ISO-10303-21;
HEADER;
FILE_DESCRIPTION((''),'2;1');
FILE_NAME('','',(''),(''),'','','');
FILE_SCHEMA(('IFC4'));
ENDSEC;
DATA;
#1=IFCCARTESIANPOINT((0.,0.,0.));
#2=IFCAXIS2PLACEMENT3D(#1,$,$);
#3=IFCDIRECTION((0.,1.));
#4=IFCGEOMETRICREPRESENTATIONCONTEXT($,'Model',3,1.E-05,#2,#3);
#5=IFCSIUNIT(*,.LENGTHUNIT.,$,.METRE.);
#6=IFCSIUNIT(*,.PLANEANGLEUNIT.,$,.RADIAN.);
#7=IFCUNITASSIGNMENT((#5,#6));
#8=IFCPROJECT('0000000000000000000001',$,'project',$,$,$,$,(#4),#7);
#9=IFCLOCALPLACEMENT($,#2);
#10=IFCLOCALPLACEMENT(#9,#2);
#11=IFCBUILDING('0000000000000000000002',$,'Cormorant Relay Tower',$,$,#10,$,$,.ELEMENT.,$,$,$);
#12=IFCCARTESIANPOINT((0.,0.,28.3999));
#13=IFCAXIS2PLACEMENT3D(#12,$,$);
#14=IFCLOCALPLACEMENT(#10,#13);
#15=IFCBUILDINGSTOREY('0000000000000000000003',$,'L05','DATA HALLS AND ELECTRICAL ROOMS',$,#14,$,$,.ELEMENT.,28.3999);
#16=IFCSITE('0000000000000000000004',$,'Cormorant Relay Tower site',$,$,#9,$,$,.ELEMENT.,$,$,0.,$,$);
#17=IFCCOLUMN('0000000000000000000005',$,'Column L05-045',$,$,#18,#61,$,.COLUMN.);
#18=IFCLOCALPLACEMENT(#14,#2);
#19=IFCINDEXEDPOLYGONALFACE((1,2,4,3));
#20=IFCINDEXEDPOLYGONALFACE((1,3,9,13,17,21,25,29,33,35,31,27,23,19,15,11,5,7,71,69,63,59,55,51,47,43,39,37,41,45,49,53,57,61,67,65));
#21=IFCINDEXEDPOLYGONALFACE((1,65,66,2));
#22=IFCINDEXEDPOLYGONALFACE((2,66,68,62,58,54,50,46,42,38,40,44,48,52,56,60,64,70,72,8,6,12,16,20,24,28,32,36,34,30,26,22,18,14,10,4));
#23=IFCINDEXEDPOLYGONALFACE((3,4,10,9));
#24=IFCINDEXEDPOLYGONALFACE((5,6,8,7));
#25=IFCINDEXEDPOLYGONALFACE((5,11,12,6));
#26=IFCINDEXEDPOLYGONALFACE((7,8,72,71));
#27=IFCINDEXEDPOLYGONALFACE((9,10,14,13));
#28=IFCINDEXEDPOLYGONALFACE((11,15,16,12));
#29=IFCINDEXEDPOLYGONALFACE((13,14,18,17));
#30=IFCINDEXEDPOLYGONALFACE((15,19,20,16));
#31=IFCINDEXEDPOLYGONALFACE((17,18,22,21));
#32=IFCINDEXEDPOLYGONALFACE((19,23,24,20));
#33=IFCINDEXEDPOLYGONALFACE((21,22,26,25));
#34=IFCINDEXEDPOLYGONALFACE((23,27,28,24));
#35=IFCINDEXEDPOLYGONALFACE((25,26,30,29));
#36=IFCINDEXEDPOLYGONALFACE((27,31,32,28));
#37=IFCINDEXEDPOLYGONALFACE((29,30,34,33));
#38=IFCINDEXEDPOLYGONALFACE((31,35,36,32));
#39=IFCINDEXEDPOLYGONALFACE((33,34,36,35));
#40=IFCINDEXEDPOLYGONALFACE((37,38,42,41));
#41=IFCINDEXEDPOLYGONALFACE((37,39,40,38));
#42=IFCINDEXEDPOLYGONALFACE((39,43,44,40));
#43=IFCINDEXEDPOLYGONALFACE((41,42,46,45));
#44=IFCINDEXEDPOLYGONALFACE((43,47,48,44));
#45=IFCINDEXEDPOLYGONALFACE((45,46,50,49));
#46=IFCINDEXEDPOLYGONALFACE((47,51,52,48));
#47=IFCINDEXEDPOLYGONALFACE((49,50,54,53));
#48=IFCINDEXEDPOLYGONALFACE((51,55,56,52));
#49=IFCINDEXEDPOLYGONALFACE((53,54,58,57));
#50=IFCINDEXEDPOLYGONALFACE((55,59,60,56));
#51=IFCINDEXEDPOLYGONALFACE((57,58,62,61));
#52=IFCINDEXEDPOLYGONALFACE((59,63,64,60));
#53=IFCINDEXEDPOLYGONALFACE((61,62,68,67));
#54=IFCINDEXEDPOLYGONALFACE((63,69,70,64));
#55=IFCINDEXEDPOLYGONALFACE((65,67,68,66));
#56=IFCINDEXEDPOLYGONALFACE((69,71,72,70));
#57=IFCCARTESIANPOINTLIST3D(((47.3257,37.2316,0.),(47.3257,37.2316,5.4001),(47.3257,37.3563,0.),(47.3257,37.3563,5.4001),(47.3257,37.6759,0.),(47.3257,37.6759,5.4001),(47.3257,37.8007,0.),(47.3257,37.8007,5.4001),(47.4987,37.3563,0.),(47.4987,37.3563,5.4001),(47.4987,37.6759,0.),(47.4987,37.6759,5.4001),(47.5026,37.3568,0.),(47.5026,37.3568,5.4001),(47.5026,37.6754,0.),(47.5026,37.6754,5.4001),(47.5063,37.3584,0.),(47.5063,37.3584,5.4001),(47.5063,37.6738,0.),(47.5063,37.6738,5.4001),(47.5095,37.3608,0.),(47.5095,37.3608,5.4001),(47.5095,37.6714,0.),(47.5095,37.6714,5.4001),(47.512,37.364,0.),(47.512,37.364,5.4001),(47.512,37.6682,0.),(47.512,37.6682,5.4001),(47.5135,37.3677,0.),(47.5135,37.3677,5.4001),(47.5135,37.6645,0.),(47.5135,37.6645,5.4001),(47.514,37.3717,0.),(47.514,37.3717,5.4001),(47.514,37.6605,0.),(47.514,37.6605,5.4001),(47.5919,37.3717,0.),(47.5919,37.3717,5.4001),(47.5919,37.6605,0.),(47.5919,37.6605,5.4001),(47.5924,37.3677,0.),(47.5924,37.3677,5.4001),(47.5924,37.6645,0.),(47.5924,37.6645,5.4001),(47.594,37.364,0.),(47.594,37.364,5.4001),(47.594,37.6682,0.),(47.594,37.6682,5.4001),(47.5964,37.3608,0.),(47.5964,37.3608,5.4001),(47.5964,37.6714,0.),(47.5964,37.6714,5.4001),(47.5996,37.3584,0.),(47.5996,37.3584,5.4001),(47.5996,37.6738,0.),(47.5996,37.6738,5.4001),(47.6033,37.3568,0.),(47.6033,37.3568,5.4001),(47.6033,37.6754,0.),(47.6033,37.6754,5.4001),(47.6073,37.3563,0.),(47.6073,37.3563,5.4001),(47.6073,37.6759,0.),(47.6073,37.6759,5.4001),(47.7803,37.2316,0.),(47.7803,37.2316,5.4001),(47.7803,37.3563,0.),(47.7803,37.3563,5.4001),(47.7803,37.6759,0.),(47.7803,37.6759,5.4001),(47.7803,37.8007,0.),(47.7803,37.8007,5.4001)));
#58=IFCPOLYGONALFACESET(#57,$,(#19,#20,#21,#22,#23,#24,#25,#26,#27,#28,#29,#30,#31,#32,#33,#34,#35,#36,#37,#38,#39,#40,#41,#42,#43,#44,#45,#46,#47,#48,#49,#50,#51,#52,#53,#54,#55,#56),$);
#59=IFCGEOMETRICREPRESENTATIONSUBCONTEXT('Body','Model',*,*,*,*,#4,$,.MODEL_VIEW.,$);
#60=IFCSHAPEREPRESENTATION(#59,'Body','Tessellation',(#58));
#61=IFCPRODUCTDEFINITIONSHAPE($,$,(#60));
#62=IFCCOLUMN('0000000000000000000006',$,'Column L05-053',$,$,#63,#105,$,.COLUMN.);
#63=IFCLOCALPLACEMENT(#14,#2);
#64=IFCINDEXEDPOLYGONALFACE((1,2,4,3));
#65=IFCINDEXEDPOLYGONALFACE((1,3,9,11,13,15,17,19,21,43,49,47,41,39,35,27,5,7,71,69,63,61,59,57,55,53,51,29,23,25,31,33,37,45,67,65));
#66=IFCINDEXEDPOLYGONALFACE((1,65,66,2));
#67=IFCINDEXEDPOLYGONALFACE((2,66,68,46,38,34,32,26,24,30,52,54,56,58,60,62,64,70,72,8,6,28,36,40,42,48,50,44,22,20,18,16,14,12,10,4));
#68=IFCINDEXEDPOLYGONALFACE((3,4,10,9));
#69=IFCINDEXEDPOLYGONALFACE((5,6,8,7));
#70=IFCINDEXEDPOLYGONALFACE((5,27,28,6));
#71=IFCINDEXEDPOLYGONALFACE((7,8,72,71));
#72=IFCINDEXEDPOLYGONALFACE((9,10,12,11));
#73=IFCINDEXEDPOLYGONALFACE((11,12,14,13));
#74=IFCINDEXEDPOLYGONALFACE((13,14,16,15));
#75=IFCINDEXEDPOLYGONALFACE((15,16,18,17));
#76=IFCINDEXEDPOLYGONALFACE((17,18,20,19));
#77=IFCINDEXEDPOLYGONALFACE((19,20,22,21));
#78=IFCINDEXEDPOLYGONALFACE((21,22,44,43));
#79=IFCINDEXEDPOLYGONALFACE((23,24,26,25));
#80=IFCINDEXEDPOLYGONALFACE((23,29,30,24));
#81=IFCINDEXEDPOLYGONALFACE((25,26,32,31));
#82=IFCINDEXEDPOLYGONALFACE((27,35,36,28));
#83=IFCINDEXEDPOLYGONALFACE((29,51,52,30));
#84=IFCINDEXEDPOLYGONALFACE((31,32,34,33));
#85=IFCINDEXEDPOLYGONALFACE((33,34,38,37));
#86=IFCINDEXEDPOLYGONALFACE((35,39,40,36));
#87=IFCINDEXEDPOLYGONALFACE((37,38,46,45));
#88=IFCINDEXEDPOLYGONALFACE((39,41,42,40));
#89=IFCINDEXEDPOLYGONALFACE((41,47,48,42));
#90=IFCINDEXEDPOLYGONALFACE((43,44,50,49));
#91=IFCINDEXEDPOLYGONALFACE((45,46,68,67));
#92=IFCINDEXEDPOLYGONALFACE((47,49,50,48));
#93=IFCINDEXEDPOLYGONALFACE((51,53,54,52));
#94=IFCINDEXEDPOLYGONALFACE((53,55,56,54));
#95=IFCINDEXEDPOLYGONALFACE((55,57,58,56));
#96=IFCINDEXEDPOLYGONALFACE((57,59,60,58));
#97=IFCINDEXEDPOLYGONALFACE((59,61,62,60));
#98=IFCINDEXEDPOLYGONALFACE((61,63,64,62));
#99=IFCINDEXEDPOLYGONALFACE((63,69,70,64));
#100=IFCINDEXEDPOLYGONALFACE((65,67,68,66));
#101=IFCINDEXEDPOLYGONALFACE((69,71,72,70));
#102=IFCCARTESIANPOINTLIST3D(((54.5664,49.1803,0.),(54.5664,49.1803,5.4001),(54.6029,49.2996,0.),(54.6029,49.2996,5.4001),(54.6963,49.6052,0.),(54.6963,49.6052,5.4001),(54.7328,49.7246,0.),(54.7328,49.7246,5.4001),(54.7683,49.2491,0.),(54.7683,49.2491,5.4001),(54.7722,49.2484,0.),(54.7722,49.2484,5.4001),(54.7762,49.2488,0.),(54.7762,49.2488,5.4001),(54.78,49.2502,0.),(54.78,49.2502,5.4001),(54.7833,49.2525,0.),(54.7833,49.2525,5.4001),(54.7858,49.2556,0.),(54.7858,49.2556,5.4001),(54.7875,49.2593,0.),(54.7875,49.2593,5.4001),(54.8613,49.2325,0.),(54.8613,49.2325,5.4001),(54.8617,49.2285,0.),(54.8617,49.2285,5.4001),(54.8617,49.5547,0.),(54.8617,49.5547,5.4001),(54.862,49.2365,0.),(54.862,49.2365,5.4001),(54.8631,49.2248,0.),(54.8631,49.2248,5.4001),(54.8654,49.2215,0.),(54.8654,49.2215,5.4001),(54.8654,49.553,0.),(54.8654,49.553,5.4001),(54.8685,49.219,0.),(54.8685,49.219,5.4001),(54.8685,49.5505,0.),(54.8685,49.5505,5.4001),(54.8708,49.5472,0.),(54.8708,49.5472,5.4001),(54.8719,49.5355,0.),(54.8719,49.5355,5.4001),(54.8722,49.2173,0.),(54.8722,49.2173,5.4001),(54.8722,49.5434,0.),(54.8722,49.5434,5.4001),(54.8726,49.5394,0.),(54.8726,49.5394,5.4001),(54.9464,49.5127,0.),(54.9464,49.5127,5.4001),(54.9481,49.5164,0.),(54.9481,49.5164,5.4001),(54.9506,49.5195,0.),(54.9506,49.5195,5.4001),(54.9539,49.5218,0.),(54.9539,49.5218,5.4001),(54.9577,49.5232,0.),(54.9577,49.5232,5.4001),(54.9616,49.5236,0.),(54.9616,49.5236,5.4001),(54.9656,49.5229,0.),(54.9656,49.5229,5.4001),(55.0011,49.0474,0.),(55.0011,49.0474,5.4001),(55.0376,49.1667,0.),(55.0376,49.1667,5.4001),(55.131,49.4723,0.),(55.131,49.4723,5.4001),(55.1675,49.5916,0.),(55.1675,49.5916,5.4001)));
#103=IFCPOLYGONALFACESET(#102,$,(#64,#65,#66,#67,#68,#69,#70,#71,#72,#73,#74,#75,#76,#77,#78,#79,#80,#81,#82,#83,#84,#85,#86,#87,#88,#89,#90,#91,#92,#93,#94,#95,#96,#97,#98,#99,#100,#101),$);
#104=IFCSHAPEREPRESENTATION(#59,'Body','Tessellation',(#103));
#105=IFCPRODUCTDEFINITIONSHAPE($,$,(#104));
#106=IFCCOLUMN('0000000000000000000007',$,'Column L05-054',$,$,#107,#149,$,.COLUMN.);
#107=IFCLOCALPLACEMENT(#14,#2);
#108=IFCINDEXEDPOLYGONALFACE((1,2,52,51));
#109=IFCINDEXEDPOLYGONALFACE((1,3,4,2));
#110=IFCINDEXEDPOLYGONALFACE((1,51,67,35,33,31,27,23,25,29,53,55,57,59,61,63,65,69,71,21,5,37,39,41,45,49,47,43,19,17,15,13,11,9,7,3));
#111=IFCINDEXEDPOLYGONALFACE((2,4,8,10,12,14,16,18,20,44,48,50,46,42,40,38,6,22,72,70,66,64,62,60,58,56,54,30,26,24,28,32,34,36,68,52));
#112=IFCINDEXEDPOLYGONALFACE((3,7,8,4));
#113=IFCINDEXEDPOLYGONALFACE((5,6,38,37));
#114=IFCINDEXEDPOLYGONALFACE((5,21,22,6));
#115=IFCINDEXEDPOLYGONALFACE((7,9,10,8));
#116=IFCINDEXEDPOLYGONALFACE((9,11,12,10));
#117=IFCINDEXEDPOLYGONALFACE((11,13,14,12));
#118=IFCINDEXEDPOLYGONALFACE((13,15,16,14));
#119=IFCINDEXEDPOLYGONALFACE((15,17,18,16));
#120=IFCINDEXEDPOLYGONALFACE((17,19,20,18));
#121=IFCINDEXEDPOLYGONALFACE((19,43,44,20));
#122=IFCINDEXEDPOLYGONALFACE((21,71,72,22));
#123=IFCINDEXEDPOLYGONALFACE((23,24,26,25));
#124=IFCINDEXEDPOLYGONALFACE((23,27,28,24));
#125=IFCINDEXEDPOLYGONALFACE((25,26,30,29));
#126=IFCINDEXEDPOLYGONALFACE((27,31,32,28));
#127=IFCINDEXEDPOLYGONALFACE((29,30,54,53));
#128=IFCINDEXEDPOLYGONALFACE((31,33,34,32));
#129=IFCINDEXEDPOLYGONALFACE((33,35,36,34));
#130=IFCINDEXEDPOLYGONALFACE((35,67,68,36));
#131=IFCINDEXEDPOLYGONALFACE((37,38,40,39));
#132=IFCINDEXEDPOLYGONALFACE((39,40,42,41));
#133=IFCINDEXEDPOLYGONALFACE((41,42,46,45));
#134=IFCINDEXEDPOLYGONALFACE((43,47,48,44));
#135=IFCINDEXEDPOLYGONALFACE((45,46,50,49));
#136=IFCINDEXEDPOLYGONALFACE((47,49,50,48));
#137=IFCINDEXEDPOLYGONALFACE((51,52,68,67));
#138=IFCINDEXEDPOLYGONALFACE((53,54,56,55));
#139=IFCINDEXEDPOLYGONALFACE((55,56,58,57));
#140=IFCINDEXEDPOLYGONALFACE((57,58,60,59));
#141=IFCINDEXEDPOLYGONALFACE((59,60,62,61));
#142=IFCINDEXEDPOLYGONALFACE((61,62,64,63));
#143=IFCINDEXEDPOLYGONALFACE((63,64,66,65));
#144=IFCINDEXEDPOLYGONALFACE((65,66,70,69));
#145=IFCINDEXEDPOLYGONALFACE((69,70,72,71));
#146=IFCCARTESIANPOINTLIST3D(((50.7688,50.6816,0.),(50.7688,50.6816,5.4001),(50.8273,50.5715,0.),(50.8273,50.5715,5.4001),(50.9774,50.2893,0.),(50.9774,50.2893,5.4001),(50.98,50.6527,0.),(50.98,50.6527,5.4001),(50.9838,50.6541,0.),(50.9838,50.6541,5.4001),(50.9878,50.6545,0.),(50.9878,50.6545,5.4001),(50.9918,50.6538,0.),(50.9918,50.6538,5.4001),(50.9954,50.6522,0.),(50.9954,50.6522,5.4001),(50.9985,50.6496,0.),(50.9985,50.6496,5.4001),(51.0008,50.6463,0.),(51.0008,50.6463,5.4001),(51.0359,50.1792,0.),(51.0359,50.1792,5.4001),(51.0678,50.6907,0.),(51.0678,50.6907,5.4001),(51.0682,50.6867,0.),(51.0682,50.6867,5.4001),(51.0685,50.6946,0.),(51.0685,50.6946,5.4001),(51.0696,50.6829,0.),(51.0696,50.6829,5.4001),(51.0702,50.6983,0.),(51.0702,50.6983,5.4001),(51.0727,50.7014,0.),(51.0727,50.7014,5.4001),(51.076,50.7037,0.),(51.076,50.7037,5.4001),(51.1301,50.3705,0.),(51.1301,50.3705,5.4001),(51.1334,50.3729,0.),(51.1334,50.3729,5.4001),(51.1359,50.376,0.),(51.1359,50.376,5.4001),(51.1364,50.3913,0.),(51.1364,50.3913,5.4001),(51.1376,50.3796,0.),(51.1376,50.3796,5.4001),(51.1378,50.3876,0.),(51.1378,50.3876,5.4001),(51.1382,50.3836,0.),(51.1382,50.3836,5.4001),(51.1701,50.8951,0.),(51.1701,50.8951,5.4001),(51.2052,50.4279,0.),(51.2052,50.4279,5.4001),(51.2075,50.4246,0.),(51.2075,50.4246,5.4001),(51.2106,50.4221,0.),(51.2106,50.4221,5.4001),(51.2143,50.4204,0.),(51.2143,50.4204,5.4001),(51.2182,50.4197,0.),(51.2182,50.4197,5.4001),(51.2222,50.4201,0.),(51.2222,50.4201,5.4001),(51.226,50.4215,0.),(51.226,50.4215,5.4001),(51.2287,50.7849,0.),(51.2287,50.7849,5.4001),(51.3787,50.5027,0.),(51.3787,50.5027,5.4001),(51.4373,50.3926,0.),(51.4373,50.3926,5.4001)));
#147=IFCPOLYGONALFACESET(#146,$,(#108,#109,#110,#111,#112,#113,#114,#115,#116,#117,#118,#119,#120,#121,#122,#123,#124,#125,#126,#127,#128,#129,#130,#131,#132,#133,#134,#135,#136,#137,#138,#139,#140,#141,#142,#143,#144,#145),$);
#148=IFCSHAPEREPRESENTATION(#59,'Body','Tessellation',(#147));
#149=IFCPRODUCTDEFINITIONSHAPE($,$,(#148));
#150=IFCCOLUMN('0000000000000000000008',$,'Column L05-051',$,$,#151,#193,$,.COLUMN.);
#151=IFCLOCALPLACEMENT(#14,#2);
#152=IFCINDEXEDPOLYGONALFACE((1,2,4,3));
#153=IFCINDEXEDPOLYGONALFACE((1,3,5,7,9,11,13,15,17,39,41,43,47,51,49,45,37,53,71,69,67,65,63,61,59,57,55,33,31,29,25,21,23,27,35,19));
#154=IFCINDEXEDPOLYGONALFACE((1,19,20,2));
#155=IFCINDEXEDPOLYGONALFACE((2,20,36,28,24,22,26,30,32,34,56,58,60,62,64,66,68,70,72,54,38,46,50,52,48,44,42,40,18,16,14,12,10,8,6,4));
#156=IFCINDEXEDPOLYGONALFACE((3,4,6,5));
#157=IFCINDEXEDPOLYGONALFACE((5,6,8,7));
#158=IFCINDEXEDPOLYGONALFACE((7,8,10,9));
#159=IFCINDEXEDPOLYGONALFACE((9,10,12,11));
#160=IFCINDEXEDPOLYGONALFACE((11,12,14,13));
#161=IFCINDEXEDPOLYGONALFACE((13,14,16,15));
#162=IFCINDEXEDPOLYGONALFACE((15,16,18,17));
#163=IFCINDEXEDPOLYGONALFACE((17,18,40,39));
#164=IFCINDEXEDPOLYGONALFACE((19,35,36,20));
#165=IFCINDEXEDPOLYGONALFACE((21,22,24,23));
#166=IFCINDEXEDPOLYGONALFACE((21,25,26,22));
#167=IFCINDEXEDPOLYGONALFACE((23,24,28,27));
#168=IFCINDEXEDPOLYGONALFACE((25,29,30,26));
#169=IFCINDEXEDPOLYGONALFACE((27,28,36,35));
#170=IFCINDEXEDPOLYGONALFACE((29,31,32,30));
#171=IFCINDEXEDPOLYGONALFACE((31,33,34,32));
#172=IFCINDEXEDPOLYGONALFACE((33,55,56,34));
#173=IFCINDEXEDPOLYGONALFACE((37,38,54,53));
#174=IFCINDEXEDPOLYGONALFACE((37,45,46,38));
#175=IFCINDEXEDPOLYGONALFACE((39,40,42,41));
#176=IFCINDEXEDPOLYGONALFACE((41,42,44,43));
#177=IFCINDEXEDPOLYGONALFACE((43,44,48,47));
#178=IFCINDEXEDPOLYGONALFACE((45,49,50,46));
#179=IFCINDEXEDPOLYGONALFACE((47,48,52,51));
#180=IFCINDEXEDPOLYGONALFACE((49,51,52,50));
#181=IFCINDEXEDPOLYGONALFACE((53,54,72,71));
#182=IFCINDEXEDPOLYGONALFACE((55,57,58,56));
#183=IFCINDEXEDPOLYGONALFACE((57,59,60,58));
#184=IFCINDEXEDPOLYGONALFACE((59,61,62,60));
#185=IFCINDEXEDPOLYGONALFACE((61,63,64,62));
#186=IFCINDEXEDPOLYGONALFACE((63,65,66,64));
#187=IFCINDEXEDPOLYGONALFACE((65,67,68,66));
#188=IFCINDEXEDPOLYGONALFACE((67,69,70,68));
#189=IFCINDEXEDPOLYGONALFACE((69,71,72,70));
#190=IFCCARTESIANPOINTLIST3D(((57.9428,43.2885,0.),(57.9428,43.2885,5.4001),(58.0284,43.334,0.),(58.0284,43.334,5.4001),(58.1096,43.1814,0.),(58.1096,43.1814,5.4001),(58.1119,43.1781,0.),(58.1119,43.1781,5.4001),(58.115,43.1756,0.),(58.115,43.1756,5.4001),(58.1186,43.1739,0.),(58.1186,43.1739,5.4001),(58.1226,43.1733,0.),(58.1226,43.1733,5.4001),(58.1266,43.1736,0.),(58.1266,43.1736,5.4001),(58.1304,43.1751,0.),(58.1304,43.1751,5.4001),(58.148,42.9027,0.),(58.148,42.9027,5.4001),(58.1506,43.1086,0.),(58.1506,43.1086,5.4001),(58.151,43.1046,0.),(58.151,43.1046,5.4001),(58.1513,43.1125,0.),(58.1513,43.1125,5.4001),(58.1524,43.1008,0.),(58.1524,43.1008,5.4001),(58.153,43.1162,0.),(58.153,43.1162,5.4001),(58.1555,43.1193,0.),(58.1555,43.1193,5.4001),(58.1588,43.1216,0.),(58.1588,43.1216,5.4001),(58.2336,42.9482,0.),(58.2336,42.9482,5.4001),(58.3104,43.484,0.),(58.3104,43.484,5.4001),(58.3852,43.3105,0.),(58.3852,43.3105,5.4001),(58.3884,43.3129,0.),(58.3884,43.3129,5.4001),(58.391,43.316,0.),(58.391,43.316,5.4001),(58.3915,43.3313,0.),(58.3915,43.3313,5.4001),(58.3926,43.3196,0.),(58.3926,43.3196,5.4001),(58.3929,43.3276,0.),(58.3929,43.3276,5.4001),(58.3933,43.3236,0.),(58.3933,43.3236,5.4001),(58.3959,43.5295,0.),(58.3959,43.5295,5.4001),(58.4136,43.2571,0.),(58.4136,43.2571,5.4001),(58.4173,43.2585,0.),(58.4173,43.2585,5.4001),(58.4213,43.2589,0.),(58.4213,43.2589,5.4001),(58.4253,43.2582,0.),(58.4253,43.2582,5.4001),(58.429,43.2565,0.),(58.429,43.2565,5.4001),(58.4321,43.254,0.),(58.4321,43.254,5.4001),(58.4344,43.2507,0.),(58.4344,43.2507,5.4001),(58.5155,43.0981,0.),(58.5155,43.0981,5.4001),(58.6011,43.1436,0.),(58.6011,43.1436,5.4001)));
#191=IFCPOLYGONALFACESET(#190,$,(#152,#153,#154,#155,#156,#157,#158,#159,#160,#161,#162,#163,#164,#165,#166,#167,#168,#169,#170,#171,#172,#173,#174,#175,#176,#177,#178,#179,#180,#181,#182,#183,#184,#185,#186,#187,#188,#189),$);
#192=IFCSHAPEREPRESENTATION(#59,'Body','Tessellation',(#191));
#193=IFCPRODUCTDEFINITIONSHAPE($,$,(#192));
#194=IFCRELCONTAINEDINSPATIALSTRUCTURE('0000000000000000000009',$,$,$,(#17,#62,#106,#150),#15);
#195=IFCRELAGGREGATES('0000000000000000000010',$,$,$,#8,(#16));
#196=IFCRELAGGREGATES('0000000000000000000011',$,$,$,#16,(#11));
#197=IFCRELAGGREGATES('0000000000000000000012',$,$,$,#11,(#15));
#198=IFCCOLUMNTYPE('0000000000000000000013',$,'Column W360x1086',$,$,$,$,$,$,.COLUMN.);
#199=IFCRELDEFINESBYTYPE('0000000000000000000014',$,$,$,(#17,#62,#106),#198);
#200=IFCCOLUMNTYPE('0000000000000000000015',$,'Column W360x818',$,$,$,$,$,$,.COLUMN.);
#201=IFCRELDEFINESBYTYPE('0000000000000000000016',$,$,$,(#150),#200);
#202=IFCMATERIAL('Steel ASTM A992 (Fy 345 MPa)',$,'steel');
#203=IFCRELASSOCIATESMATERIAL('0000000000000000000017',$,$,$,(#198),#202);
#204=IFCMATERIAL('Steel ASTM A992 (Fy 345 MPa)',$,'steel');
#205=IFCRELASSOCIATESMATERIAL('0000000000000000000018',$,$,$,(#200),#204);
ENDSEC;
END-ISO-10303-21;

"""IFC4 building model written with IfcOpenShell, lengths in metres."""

from ifc_helpers import new_model, si_unit, direction, frame, origin, origin_2d, place, context, subcontext, project, spatial, i_section, extrude, material, material_profile, profile_set, type_object, element, save


model = new_model("IFC4")

# Units and contexts
model_context = context("Model", 3, precision=1e-05, world=origin(), true_north=direction((0.0, 1.0)))
body_context = subcontext(model_context, "Body", "Model", "MODEL_VIEW")
ifc_project = project(units=[si_unit("LENGTHUNIT", "METRE"), si_unit("PLANEANGLEUNIT", "RADIAN")], contexts=[model_context])

# Site, building, storey
site_placement = place(None, origin())
site = spatial("IfcSite", under=ifc_project, at=site_placement, Name="Cormorant Relay Tower site", CompositionType="ELEMENT", RefElevation=0.0)
building_placement = place(site_placement, origin())
building = spatial("IfcBuilding", under=site, at=building_placement, Name="Cormorant Relay Tower", CompositionType="ELEMENT")
storey_placement = place(building_placement, frame((0.0, 0.0, 28.3999)))
storey = spatial("IfcBuildingStorey", under=building, at=storey_placement, Name="L05", Description="DATA HALLS AND ELECTRICAL ROOMS", CompositionType="ELEMENT", Elevation=28.3999)

# Columns
ifc_material_1 = material(Name="Steel ASTM A992 (Fy 345 MPa)", Category="steel")
ifc_material_profile_1 = material_profile(ifc_material_1, i_section(OverallWidth=0.4546, OverallDepth=0.5691, WebThickness=0.0779, FlangeThickness=0.1248, FilletRadius=0.0154, at=origin_2d()), Name="W360x1086")
ifc_profile_set_1 = profile_set([ifc_material_profile_1], Name="Steel ASTM A992 (Fy 345 MPa)")
column_type_1 = type_object("IfcColumnType", Name="Column W360x1086", PredefinedType="COLUMN", material=ifc_profile_set_1)
for number, where, z_axis, x_axis, name in (
    (1, (47.553, 37.5161, 0.0), (0.0, 0.0, 1.0), (1.0, 0.0, 0.0), "Column L05-045"),
    (2, (54.8669, 49.386, 0.0), (0.0, 0.0, 1.0), (-0.956305, 0.292372, 0.0), "Column L05-053"),
    (3, (51.103, 50.5371, 0.0), (0.0, 0.0, 1.0), (-0.882948, -0.469472, 0.0), "Column L05-054"),
):
    element("IfcColumn", number, at=place(storey_placement, frame(where, z_axis=z_axis, x_axis=x_axis)), inside=storey, type_object=column_type_1, Name=name, PredefinedType="COLUMN", context=body_context, shape_type="SweptSolid", body=[
        extrude(i_section(OverallWidth=0.4546, OverallDepth=0.5691, WebThickness=0.0779, FlangeThickness=0.1248, FilletRadius=0.0154, at=origin_2d()), origin(), (0.0, 0.0, 1.0), 5.4001),
    ])
ifc_material_2 = material(Name="Steel ASTM A992 (Fy 345 MPa)", Category="steel")
ifc_material_profile_2 = material_profile(ifc_material_2, i_section(OverallWidth=0.437, OverallDepth=0.5132, WebThickness=0.0605, FlangeThickness=0.0969, FilletRadius=0.0154, at=origin_2d()), Name="W360x818")
ifc_profile_set_2 = profile_set([ifc_material_profile_2], Name="Steel ASTM A992 (Fy 345 MPa)")
column_type_2 = type_object("IfcColumnType", Name="Column W360x818", PredefinedType="COLUMN", material=ifc_profile_set_2)
column_placement = place(storey_placement, frame((58.272, 43.2161, 0.0), z_axis=(0.0, 0.0, 1.0), x_axis=(-0.469472, 0.882948, 0.0)))
element("IfcColumn", 4, at=column_placement, inside=storey, type_object=column_type_2, Name="Column L05-051", PredefinedType="COLUMN", context=body_context, shape_type="SweptSolid", body=[
    extrude(i_section(OverallWidth=0.437, OverallDepth=0.5132, WebThickness=0.0605, FlangeThickness=0.0969, FilletRadius=0.0154, at=origin_2d()), origin(), (0.0, 0.0, 1.0), 5.4001),
])

save(model, "model.ifc")
